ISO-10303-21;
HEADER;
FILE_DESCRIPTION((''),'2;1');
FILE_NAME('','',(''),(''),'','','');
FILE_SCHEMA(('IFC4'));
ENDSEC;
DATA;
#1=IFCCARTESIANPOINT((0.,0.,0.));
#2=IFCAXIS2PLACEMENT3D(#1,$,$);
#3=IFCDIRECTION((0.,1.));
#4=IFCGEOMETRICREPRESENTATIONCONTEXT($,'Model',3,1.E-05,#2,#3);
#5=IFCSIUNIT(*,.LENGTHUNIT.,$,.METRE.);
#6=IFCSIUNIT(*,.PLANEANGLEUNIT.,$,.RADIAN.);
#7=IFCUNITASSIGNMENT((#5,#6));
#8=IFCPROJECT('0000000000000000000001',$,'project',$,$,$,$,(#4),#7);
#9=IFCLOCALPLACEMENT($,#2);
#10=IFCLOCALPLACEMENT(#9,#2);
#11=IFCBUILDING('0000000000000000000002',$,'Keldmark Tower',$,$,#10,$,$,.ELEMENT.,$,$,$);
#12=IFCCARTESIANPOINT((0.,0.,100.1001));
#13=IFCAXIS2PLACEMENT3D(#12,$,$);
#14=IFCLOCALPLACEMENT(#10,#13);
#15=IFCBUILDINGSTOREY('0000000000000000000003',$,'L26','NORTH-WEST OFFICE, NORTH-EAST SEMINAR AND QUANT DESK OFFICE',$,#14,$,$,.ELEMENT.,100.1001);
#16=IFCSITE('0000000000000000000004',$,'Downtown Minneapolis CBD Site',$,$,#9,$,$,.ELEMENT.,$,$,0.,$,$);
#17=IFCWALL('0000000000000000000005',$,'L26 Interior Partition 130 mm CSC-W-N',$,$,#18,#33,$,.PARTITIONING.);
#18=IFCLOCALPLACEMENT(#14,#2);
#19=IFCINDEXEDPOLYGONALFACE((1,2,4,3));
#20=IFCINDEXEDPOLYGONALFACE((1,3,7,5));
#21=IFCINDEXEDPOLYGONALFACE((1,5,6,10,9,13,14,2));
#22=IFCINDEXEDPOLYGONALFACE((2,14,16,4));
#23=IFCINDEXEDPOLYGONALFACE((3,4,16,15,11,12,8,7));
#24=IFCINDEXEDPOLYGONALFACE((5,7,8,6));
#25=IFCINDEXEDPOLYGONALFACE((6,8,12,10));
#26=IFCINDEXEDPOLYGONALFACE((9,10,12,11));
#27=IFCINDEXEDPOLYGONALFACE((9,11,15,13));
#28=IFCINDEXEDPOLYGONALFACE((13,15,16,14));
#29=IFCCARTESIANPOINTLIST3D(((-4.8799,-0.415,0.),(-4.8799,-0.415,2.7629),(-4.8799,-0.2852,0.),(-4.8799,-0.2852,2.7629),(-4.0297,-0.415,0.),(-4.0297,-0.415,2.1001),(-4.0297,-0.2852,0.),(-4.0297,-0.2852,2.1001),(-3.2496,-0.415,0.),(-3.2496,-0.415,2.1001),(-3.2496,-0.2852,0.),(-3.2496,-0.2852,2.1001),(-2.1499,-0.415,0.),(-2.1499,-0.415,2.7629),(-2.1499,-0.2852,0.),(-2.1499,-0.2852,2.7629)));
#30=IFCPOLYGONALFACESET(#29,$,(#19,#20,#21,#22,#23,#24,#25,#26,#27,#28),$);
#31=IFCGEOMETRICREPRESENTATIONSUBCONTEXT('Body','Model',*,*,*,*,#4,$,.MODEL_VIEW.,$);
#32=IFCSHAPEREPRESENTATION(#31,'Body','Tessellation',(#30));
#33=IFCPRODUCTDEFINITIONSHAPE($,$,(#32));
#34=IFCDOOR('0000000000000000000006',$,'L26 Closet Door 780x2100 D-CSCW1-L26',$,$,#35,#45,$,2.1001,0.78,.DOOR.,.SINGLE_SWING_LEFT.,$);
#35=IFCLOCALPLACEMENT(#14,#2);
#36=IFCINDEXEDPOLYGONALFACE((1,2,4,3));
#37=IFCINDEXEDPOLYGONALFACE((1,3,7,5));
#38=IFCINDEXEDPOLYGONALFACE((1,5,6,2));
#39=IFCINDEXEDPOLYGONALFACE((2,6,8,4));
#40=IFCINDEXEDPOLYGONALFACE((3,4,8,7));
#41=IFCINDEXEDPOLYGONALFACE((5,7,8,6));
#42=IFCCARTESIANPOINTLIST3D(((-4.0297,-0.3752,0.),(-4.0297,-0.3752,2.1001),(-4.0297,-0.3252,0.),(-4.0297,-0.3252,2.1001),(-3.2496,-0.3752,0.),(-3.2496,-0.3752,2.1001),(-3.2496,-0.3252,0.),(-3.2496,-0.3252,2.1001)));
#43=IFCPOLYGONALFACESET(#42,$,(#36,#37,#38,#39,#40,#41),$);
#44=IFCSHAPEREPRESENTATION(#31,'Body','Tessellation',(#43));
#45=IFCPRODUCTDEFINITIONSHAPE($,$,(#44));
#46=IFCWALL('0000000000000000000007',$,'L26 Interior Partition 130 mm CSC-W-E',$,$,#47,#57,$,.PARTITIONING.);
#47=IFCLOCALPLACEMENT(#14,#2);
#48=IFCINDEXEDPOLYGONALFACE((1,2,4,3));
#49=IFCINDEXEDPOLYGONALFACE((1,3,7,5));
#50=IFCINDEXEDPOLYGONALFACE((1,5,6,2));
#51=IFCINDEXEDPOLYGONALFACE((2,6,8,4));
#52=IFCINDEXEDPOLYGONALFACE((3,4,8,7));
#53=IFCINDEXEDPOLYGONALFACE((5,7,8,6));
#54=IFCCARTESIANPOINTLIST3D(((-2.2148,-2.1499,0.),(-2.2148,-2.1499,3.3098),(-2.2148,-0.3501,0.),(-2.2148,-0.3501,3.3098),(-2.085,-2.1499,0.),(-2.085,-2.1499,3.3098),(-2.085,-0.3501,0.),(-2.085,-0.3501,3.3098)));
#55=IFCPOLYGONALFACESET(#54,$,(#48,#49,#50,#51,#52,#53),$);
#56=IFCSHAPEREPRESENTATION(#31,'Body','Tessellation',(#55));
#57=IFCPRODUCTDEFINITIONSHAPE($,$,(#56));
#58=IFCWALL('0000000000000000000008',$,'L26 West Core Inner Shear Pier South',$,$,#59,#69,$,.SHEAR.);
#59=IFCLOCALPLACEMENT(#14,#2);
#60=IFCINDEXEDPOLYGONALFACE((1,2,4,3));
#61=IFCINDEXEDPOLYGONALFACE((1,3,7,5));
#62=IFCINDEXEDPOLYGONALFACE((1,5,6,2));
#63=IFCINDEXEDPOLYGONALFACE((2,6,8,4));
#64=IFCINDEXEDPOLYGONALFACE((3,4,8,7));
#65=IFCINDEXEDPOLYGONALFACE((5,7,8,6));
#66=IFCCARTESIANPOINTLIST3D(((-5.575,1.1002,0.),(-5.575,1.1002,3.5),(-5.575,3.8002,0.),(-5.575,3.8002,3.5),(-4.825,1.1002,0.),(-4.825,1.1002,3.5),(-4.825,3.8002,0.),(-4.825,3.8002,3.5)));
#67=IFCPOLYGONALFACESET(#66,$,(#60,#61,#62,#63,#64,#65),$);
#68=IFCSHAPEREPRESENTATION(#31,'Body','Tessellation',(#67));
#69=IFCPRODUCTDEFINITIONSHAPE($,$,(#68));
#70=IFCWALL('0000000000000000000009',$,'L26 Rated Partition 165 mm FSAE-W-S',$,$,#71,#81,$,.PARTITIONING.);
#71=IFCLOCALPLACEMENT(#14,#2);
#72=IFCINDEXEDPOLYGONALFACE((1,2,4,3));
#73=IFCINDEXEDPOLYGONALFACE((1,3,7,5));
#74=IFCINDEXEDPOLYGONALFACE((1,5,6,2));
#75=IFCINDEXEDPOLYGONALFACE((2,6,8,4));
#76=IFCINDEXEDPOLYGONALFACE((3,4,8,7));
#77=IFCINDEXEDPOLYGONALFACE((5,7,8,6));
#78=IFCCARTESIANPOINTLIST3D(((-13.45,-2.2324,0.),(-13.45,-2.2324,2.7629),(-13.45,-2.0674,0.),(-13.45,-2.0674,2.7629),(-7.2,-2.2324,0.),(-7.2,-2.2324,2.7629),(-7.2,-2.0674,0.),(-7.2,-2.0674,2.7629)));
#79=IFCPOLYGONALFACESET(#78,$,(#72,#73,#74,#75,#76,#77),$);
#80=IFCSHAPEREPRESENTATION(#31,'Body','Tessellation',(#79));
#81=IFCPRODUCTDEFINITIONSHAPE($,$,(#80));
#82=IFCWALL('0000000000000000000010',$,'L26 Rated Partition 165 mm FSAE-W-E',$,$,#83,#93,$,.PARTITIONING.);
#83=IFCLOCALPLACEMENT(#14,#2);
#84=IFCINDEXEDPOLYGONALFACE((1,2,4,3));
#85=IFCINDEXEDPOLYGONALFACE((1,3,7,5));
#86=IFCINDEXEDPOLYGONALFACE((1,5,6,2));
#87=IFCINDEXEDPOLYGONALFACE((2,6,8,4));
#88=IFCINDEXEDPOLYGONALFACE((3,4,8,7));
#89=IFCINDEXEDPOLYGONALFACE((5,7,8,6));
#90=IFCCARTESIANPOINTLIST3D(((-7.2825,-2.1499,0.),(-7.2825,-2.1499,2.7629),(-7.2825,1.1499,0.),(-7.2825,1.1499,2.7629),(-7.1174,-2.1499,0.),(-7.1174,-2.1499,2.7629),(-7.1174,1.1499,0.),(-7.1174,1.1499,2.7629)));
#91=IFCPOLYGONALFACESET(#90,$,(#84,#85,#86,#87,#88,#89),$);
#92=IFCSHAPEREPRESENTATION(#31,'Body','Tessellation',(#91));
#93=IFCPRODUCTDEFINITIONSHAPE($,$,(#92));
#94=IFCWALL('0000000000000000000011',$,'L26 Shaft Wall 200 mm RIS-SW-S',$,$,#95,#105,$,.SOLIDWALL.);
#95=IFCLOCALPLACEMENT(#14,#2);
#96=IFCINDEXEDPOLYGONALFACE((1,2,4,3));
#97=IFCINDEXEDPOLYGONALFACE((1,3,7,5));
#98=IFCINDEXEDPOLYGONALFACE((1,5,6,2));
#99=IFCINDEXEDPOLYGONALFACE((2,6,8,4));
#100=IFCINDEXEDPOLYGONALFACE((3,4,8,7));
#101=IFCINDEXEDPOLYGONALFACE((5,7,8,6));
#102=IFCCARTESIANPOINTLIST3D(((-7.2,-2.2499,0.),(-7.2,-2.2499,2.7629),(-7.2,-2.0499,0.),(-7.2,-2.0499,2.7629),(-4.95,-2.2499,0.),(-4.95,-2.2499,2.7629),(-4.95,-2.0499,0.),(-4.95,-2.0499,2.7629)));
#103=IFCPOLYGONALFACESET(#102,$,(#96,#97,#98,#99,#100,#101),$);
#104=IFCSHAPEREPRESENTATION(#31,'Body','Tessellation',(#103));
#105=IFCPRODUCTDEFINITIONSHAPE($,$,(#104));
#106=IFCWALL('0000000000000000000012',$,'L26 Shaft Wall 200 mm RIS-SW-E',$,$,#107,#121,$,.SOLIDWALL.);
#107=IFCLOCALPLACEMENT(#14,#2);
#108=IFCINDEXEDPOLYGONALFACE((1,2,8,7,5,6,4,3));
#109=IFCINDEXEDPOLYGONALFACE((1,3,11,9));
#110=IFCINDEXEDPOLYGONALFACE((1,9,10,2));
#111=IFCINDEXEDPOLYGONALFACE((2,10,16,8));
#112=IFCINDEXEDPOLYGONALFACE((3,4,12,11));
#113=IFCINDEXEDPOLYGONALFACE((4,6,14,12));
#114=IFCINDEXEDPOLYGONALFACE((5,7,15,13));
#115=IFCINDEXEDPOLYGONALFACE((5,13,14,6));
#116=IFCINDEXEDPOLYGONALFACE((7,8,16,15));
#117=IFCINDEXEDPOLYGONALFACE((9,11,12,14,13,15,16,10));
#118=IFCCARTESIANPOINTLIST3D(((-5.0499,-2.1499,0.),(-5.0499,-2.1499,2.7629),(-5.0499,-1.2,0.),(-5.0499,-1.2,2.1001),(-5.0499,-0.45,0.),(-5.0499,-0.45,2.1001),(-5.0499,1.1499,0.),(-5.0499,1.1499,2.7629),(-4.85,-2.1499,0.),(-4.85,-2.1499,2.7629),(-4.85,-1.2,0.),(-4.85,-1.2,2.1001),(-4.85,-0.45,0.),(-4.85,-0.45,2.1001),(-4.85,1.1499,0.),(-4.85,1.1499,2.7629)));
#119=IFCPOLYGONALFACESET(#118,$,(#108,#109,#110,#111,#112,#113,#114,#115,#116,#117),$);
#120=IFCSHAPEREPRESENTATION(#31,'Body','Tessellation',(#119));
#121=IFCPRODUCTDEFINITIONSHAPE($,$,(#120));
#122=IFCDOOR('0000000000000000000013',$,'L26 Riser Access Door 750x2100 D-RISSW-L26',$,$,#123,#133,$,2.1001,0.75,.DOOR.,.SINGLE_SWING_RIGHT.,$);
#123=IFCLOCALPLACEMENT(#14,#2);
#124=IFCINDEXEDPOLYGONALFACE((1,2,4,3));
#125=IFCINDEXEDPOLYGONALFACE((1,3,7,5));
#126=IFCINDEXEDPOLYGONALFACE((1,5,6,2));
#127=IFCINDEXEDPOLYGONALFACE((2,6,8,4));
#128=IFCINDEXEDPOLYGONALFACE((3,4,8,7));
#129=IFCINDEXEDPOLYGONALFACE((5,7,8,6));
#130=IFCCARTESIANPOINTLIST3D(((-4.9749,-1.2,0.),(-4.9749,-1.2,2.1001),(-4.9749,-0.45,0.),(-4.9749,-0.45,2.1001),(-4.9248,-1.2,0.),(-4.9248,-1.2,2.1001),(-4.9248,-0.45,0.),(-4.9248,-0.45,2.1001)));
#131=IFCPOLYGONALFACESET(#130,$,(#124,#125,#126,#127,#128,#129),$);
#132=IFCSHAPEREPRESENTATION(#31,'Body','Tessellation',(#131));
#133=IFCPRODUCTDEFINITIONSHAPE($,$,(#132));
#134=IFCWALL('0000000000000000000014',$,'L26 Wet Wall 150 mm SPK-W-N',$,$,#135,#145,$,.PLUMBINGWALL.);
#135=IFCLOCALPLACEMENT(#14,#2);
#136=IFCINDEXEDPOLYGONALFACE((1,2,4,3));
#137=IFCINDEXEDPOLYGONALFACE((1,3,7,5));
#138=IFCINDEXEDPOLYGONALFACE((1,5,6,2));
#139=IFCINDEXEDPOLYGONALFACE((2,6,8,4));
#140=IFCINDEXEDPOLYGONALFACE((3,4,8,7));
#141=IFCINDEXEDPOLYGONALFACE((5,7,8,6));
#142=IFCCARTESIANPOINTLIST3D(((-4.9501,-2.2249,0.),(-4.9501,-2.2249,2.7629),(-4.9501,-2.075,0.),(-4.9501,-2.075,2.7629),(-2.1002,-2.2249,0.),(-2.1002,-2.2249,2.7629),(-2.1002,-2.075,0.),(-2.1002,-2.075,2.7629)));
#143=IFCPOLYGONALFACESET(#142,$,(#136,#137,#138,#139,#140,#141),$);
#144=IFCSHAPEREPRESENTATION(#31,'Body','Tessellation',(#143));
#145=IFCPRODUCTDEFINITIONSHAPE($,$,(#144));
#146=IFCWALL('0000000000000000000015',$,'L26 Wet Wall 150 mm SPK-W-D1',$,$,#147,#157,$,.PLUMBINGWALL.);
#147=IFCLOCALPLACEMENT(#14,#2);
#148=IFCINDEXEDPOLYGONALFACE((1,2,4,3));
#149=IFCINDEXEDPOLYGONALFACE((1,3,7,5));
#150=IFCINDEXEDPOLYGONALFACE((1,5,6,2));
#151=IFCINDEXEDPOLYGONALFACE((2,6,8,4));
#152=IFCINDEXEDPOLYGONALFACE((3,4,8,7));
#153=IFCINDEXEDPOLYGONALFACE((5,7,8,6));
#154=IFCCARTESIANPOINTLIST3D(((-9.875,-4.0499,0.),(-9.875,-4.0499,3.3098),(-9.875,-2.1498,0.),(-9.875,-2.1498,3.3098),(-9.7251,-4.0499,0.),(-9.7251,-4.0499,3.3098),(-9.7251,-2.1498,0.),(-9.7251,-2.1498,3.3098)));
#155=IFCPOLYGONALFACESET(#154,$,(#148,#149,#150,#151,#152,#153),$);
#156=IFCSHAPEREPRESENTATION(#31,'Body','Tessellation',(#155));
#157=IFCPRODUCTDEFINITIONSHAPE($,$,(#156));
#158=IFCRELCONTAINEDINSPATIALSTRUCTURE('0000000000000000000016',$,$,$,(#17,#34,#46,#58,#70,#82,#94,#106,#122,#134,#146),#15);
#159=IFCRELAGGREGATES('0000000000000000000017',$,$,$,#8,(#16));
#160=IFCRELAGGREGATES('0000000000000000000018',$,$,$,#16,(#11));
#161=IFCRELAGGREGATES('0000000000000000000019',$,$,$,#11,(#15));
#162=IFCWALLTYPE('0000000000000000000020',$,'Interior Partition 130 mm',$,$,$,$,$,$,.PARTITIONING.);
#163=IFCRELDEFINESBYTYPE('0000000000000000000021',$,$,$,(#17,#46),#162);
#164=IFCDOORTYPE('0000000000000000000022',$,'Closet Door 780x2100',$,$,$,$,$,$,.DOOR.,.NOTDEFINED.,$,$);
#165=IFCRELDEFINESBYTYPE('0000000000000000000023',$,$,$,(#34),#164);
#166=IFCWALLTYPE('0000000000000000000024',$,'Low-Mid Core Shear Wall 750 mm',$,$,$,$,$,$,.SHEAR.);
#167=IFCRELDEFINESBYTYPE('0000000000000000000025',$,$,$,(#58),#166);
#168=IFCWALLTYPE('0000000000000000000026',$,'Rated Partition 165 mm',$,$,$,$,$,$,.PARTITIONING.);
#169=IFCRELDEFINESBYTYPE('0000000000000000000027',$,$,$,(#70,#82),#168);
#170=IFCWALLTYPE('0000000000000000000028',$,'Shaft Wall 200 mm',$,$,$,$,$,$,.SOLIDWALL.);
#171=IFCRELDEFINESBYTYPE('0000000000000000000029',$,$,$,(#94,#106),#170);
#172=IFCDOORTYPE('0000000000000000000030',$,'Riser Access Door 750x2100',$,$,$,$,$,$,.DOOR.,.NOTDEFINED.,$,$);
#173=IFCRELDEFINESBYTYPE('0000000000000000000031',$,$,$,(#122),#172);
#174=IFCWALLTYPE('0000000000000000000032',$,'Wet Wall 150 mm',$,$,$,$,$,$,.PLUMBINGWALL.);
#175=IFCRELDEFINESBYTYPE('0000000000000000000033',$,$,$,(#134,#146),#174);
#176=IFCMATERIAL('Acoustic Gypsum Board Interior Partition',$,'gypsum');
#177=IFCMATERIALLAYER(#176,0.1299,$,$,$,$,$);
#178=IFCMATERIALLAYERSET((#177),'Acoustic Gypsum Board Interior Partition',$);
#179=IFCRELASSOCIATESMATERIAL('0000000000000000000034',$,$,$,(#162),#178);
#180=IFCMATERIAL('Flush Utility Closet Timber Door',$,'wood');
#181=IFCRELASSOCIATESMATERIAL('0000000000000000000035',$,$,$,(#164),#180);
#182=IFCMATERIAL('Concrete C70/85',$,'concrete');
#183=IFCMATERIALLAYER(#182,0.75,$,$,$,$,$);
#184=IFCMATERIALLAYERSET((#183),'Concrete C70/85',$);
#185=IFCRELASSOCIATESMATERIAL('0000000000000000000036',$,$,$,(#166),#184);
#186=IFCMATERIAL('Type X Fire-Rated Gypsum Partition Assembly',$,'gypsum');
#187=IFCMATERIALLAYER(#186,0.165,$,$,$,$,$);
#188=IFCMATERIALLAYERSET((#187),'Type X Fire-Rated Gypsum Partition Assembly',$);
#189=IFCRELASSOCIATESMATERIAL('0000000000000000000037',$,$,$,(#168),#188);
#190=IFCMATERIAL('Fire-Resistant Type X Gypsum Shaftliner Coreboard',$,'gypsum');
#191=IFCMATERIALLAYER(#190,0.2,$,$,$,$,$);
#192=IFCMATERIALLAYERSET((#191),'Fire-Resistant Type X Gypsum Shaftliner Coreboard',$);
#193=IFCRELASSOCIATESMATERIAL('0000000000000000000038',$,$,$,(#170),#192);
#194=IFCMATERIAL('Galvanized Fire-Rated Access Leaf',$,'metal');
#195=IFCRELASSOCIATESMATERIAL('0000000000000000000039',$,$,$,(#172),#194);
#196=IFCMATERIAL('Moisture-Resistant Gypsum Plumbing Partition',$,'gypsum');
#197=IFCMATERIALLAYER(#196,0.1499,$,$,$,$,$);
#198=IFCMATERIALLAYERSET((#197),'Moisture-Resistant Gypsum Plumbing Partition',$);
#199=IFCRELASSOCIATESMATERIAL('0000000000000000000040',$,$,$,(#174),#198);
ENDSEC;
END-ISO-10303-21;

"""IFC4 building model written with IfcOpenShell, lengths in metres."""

from ifc_helpers import new_model, si_unit, direction, frame, frame_2d, origin, place, context, subcontext, project, spatial, rectangle, extrude, material, layer, layer_set, type_object, element, fill, save


model = new_model("IFC4")

# Units and contexts
model_context = context("Model", 3, precision=1e-05, world=origin(), true_north=direction((0.0, 1.0)))
body_context = subcontext(model_context, "Body", "Model", "MODEL_VIEW")
ifc_project = project(units=[si_unit("LENGTHUNIT", "METRE"), si_unit("PLANEANGLEUNIT", "RADIAN")], contexts=[model_context])

# Site, building, storey
site_placement = place(None, origin())
site = spatial("IfcSite", under=ifc_project, at=site_placement, Name="Downtown Minneapolis CBD Site", CompositionType="ELEMENT", RefElevation=0.0)
building_placement = place(site_placement, origin())
building = spatial("IfcBuilding", under=site, at=building_placement, Name="Keldmark Tower", CompositionType="ELEMENT")
storey_placement = place(building_placement, frame((0.0, 0.0, 100.1001)))
storey = spatial("IfcBuildingStorey", under=building, at=storey_placement, Name="L26", Description="NORTH-WEST OFFICE, NORTH-EAST SEMINAR AND QUANT DESK OFFICE", CompositionType="ELEMENT", Elevation=100.1001)

# Wall, opening, door
ifc_material_1 = material(Name="Acoustic Gypsum Board Interior Partition", Category="gypsum")
ifc_layer_1 = layer(ifc_material_1, 0.1299)
ifc_layer_set_1 = layer_set([ifc_layer_1], Name="Acoustic Gypsum Board Interior Partition")
wall_type_1 = type_object("IfcWallType", Name="Interior Partition 130 mm", PredefinedType="PARTITIONING", material=ifc_layer_set_1)
wall_1_placement = place(storey_placement, frame((-4.8799, -0.3501, 0.0), z_axis=(0.0, 0.0, 1.0), x_axis=(1.0, 0.0, 0.0)))
wall_1 = element("IfcWall", 1, at=wall_1_placement, inside=storey, type_object=wall_type_1, Name="L26 Interior Partition 130 mm CSC-W-N", PredefinedType="PARTITIONING", context=body_context, shape_type="SweptSolid", body=[
    extrude(rectangle(XDim=2.73, YDim=0.1299, at=frame_2d((1.365, 0.0))), origin(), (0.0, 0.0, 1.0), 2.7629),
])
opening_1_placement = place(wall_1_placement, frame((0.8501, 0.0, 0.0)))
opening_1 = element("IfcOpeningElement", 2, at=opening_1_placement, cuts=wall_1, PredefinedType="OPENING", context=body_context, shape_type="SweptSolid", body=[
    extrude(rectangle(XDim=0.78, YDim=2.1001, at=frame_2d((0.3901, 1.05))), frame((0.0, 0.075, 0.0), z_axis=(0.0, -1.0, 0.0), x_axis=(1.0, 0.0, 0.0)), (0.0, 0.0, 1.0), 0.1499),
])
ifc_material_2 = material(Name="Flush Utility Closet Timber Door", Category="wood")
door_type_1 = type_object("IfcDoorType", Name="Closet Door 780x2100", OperationType="NOTDEFINED", PredefinedType="DOOR", material=ifc_material_2)
door_1_placement = place(opening_1_placement, origin())
door_1 = element("IfcDoor", 3, at=door_1_placement, inside=storey, type_object=door_type_1, Name="L26 Closet Door 780x2100 D-CSCW1-L26", OperationType="SINGLE_SWING_LEFT", OverallHeight=2.1001, OverallWidth=0.78, PredefinedType="DOOR", context=body_context, shape_type="SweptSolid", body=[
    extrude(rectangle(XDim=0.78, YDim=2.1001, at=frame_2d((0.3901, 1.05))), frame((0.0, 0.0249, 0.0), z_axis=(0.0, -1.0, 0.0), x_axis=(1.0, 0.0, 0.0)), (0.0, 0.0, 1.0), 0.05),
])
fill(opening_1, door_1)

# Walls
wall_2_placement = place(storey_placement, frame((-2.1499, -2.1499, 0.0), z_axis=(0.0, 0.0, 1.0), x_axis=(0.0, 1.0, 0.0)))
element("IfcWall", 4, at=wall_2_placement, inside=storey, type_object=wall_type_1, Name="L26 Interior Partition 130 mm CSC-W-E", PredefinedType="PARTITIONING", context=body_context, shape_type="SweptSolid", body=[
    extrude(rectangle(XDim=1.7998, YDim=0.1299, at=frame_2d((0.8999, 0.0))), origin(), (0.0, 0.0, 1.0), 3.3098),
])
ifc_material_3 = material(Name="Concrete C70/85", Category="concrete")
ifc_layer_2 = layer(ifc_material_3, 0.75)
ifc_layer_set_2 = layer_set([ifc_layer_2], Name="Concrete C70/85")
wall_type_2 = type_object("IfcWallType", Name="Low-Mid Core Shear Wall 750 mm", PredefinedType="SHEAR", material=ifc_layer_set_2)
wall_3_placement = place(storey_placement, frame((-5.2, 1.1001, 0.0), z_axis=(0.0, 0.0, 1.0), x_axis=(0.0, 1.0, 0.0)))
element("IfcWall", 5, at=wall_3_placement, inside=storey, type_object=wall_type_2, Name="L26 West Core Inner Shear Pier South", PredefinedType="SHEAR", context=body_context, shape_type="SweptSolid", body=[
    extrude(rectangle(XDim=2.7, YDim=0.75, at=frame_2d((1.3501, 0.0))), origin(), (0.0, 0.0, 1.0), 3.5),
])
ifc_material_4 = material(Name="Type X Fire-Rated Gypsum Partition Assembly", Category="gypsum")
ifc_layer_3 = layer(ifc_material_4, 0.165)
ifc_layer_set_3 = layer_set([ifc_layer_3], Name="Type X Fire-Rated Gypsum Partition Assembly")
wall_type_3 = type_object("IfcWallType", Name="Rated Partition 165 mm", PredefinedType="PARTITIONING", material=ifc_layer_set_3)
wall_4_placement = place(storey_placement, frame((-13.45, -2.1499, 0.0), z_axis=(0.0, 0.0, 1.0), x_axis=(1.0, 0.0, 0.0)))
element("IfcWall", 6, at=wall_4_placement, inside=storey, type_object=wall_type_3, Name="L26 Rated Partition 165 mm FSAE-W-S", PredefinedType="PARTITIONING", context=body_context, shape_type="SweptSolid", body=[
    extrude(rectangle(XDim=6.25, YDim=0.165, at=frame_2d((3.125, 0.0))), origin(), (0.0, 0.0, 1.0), 2.7629),
])

# Walls
wall_5_placement = place(storey_placement, frame((-7.2, -2.1499, 0.0), z_axis=(0.0, 0.0, 1.0), x_axis=(0.0, 1.0, 0.0)))
element("IfcWall", 7, at=wall_5_placement, inside=storey, type_object=wall_type_3, Name="L26 Rated Partition 165 mm FSAE-W-E", PredefinedType="PARTITIONING", context=body_context, shape_type="SweptSolid", body=[
    extrude(rectangle(XDim=3.2998, YDim=0.165, at=frame_2d((1.6499, 0.0))), origin(), (0.0, 0.0, 1.0), 2.7629),
])
ifc_material_5 = material(Name="Fire-Resistant Type X Gypsum Shaftliner Coreboard", Category="gypsum")
ifc_layer_4 = layer(ifc_material_5, 0.2)
ifc_layer_set_4 = layer_set([ifc_layer_4], Name="Fire-Resistant Type X Gypsum Shaftliner Coreboard")
wall_type_4 = type_object("IfcWallType", Name="Shaft Wall 200 mm", PredefinedType="SOLIDWALL", material=ifc_layer_set_4)
wall_6_placement = place(storey_placement, frame((-7.2, -2.1499, 0.0), z_axis=(0.0, 0.0, 1.0), x_axis=(1.0, 0.0, 0.0)))
element("IfcWall", 8, at=wall_6_placement, inside=storey, type_object=wall_type_4, Name="L26 Shaft Wall 200 mm RIS-SW-S", PredefinedType="SOLIDWALL", context=body_context, shape_type="SweptSolid", body=[
    extrude(rectangle(XDim=2.25, YDim=0.2, at=frame_2d((1.125, 0.0))), origin(), (0.0, 0.0, 1.0), 2.7629),
])

# Wall, opening, door
wall_7_placement = place(storey_placement, frame((-4.95, -2.1499, 0.0), z_axis=(0.0, 0.0, 1.0), x_axis=(0.0, 1.0, 0.0)))
wall_7 = element("IfcWall", 9, at=wall_7_placement, inside=storey, type_object=wall_type_4, Name="L26 Shaft Wall 200 mm RIS-SW-E", PredefinedType="SOLIDWALL", context=body_context, shape_type="SweptSolid", body=[
    extrude(rectangle(XDim=3.2998, YDim=0.2, at=frame_2d((1.6499, 0.0))), origin(), (0.0, 0.0, 1.0), 2.7629),
])
opening_2_placement = place(wall_7_placement, frame((0.95, 0.0, 0.0)))
opening_2 = element("IfcOpeningElement", 10, at=opening_2_placement, cuts=wall_7, PredefinedType="OPENING", context=body_context, shape_type="SweptSolid", body=[
    extrude(rectangle(XDim=0.75, YDim=2.1001, at=frame_2d((0.375, 1.05))), frame((0.0, 0.1099, 0.0), z_axis=(0.0, -1.0, 0.0), x_axis=(1.0, 0.0, 0.0)), (0.0, 0.0, 1.0), 0.22),
])
ifc_material_6 = material(Name="Galvanized Fire-Rated Access Leaf", Category="metal")
door_type_2 = type_object("IfcDoorType", Name="Riser Access Door 750x2100", OperationType="NOTDEFINED", PredefinedType="DOOR", material=ifc_material_6)
door_2_placement = place(opening_2_placement, origin())
door_2 = element("IfcDoor", 11, at=door_2_placement, inside=storey, type_object=door_type_2, Name="L26 Riser Access Door 750x2100 D-RISSW-L26", OperationType="SINGLE_SWING_RIGHT", OverallHeight=2.1001, OverallWidth=0.75, PredefinedType="DOOR", context=body_context, shape_type="SweptSolid", body=[
    extrude(rectangle(XDim=0.75, YDim=2.1001, at=frame_2d((0.375, 1.05))), frame((0.0, 0.0249, 0.0), z_axis=(0.0, -1.0, 0.0), x_axis=(1.0, 0.0, 0.0)), (0.0, 0.0, 1.0), 0.05),
])
fill(opening_2, door_2)

# Walls
ifc_material_7 = material(Name="Moisture-Resistant Gypsum Plumbing Partition", Category="gypsum")
ifc_layer_5 = layer(ifc_material_7, 0.1499)
ifc_layer_set_5 = layer_set([ifc_layer_5], Name="Moisture-Resistant Gypsum Plumbing Partition")
wall_type_5 = type_object("IfcWallType", Name="Wet Wall 150 mm", PredefinedType="PLUMBINGWALL", material=ifc_layer_set_5)
wall_8_placement = place(storey_placement, frame((-4.95, -2.1499, 0.0), z_axis=(0.0, 0.0, 1.0), x_axis=(1.0, 0.0, 0.0)))
element("IfcWall", 12, at=wall_8_placement, inside=storey, type_object=wall_type_5, Name="L26 Wet Wall 150 mm SPK-W-N", PredefinedType="PLUMBINGWALL", context=body_context, shape_type="SweptSolid", body=[
    extrude(rectangle(XDim=2.8499, YDim=0.1499, at=frame_2d((1.4248, 0.0))), origin(), (0.0, 0.0, 1.0), 2.7629),
])
wall_9_placement = place(storey_placement, frame((-9.8, -4.05, 0.0), z_axis=(0.0, 0.0, 1.0), x_axis=(0.0, 1.0, 0.0)))
element("IfcWall", 13, at=wall_9_placement, inside=storey, type_object=wall_type_5, Name="L26 Wet Wall 150 mm SPK-W-D1", PredefinedType="PLUMBINGWALL", context=body_context, shape_type="SweptSolid", body=[
    extrude(rectangle(XDim=1.9001, YDim=0.1499, at=frame_2d((0.9502, 0.0))), origin(), (0.0, 0.0, 1.0), 3.3098),
])

save(model, "model.ifc")
